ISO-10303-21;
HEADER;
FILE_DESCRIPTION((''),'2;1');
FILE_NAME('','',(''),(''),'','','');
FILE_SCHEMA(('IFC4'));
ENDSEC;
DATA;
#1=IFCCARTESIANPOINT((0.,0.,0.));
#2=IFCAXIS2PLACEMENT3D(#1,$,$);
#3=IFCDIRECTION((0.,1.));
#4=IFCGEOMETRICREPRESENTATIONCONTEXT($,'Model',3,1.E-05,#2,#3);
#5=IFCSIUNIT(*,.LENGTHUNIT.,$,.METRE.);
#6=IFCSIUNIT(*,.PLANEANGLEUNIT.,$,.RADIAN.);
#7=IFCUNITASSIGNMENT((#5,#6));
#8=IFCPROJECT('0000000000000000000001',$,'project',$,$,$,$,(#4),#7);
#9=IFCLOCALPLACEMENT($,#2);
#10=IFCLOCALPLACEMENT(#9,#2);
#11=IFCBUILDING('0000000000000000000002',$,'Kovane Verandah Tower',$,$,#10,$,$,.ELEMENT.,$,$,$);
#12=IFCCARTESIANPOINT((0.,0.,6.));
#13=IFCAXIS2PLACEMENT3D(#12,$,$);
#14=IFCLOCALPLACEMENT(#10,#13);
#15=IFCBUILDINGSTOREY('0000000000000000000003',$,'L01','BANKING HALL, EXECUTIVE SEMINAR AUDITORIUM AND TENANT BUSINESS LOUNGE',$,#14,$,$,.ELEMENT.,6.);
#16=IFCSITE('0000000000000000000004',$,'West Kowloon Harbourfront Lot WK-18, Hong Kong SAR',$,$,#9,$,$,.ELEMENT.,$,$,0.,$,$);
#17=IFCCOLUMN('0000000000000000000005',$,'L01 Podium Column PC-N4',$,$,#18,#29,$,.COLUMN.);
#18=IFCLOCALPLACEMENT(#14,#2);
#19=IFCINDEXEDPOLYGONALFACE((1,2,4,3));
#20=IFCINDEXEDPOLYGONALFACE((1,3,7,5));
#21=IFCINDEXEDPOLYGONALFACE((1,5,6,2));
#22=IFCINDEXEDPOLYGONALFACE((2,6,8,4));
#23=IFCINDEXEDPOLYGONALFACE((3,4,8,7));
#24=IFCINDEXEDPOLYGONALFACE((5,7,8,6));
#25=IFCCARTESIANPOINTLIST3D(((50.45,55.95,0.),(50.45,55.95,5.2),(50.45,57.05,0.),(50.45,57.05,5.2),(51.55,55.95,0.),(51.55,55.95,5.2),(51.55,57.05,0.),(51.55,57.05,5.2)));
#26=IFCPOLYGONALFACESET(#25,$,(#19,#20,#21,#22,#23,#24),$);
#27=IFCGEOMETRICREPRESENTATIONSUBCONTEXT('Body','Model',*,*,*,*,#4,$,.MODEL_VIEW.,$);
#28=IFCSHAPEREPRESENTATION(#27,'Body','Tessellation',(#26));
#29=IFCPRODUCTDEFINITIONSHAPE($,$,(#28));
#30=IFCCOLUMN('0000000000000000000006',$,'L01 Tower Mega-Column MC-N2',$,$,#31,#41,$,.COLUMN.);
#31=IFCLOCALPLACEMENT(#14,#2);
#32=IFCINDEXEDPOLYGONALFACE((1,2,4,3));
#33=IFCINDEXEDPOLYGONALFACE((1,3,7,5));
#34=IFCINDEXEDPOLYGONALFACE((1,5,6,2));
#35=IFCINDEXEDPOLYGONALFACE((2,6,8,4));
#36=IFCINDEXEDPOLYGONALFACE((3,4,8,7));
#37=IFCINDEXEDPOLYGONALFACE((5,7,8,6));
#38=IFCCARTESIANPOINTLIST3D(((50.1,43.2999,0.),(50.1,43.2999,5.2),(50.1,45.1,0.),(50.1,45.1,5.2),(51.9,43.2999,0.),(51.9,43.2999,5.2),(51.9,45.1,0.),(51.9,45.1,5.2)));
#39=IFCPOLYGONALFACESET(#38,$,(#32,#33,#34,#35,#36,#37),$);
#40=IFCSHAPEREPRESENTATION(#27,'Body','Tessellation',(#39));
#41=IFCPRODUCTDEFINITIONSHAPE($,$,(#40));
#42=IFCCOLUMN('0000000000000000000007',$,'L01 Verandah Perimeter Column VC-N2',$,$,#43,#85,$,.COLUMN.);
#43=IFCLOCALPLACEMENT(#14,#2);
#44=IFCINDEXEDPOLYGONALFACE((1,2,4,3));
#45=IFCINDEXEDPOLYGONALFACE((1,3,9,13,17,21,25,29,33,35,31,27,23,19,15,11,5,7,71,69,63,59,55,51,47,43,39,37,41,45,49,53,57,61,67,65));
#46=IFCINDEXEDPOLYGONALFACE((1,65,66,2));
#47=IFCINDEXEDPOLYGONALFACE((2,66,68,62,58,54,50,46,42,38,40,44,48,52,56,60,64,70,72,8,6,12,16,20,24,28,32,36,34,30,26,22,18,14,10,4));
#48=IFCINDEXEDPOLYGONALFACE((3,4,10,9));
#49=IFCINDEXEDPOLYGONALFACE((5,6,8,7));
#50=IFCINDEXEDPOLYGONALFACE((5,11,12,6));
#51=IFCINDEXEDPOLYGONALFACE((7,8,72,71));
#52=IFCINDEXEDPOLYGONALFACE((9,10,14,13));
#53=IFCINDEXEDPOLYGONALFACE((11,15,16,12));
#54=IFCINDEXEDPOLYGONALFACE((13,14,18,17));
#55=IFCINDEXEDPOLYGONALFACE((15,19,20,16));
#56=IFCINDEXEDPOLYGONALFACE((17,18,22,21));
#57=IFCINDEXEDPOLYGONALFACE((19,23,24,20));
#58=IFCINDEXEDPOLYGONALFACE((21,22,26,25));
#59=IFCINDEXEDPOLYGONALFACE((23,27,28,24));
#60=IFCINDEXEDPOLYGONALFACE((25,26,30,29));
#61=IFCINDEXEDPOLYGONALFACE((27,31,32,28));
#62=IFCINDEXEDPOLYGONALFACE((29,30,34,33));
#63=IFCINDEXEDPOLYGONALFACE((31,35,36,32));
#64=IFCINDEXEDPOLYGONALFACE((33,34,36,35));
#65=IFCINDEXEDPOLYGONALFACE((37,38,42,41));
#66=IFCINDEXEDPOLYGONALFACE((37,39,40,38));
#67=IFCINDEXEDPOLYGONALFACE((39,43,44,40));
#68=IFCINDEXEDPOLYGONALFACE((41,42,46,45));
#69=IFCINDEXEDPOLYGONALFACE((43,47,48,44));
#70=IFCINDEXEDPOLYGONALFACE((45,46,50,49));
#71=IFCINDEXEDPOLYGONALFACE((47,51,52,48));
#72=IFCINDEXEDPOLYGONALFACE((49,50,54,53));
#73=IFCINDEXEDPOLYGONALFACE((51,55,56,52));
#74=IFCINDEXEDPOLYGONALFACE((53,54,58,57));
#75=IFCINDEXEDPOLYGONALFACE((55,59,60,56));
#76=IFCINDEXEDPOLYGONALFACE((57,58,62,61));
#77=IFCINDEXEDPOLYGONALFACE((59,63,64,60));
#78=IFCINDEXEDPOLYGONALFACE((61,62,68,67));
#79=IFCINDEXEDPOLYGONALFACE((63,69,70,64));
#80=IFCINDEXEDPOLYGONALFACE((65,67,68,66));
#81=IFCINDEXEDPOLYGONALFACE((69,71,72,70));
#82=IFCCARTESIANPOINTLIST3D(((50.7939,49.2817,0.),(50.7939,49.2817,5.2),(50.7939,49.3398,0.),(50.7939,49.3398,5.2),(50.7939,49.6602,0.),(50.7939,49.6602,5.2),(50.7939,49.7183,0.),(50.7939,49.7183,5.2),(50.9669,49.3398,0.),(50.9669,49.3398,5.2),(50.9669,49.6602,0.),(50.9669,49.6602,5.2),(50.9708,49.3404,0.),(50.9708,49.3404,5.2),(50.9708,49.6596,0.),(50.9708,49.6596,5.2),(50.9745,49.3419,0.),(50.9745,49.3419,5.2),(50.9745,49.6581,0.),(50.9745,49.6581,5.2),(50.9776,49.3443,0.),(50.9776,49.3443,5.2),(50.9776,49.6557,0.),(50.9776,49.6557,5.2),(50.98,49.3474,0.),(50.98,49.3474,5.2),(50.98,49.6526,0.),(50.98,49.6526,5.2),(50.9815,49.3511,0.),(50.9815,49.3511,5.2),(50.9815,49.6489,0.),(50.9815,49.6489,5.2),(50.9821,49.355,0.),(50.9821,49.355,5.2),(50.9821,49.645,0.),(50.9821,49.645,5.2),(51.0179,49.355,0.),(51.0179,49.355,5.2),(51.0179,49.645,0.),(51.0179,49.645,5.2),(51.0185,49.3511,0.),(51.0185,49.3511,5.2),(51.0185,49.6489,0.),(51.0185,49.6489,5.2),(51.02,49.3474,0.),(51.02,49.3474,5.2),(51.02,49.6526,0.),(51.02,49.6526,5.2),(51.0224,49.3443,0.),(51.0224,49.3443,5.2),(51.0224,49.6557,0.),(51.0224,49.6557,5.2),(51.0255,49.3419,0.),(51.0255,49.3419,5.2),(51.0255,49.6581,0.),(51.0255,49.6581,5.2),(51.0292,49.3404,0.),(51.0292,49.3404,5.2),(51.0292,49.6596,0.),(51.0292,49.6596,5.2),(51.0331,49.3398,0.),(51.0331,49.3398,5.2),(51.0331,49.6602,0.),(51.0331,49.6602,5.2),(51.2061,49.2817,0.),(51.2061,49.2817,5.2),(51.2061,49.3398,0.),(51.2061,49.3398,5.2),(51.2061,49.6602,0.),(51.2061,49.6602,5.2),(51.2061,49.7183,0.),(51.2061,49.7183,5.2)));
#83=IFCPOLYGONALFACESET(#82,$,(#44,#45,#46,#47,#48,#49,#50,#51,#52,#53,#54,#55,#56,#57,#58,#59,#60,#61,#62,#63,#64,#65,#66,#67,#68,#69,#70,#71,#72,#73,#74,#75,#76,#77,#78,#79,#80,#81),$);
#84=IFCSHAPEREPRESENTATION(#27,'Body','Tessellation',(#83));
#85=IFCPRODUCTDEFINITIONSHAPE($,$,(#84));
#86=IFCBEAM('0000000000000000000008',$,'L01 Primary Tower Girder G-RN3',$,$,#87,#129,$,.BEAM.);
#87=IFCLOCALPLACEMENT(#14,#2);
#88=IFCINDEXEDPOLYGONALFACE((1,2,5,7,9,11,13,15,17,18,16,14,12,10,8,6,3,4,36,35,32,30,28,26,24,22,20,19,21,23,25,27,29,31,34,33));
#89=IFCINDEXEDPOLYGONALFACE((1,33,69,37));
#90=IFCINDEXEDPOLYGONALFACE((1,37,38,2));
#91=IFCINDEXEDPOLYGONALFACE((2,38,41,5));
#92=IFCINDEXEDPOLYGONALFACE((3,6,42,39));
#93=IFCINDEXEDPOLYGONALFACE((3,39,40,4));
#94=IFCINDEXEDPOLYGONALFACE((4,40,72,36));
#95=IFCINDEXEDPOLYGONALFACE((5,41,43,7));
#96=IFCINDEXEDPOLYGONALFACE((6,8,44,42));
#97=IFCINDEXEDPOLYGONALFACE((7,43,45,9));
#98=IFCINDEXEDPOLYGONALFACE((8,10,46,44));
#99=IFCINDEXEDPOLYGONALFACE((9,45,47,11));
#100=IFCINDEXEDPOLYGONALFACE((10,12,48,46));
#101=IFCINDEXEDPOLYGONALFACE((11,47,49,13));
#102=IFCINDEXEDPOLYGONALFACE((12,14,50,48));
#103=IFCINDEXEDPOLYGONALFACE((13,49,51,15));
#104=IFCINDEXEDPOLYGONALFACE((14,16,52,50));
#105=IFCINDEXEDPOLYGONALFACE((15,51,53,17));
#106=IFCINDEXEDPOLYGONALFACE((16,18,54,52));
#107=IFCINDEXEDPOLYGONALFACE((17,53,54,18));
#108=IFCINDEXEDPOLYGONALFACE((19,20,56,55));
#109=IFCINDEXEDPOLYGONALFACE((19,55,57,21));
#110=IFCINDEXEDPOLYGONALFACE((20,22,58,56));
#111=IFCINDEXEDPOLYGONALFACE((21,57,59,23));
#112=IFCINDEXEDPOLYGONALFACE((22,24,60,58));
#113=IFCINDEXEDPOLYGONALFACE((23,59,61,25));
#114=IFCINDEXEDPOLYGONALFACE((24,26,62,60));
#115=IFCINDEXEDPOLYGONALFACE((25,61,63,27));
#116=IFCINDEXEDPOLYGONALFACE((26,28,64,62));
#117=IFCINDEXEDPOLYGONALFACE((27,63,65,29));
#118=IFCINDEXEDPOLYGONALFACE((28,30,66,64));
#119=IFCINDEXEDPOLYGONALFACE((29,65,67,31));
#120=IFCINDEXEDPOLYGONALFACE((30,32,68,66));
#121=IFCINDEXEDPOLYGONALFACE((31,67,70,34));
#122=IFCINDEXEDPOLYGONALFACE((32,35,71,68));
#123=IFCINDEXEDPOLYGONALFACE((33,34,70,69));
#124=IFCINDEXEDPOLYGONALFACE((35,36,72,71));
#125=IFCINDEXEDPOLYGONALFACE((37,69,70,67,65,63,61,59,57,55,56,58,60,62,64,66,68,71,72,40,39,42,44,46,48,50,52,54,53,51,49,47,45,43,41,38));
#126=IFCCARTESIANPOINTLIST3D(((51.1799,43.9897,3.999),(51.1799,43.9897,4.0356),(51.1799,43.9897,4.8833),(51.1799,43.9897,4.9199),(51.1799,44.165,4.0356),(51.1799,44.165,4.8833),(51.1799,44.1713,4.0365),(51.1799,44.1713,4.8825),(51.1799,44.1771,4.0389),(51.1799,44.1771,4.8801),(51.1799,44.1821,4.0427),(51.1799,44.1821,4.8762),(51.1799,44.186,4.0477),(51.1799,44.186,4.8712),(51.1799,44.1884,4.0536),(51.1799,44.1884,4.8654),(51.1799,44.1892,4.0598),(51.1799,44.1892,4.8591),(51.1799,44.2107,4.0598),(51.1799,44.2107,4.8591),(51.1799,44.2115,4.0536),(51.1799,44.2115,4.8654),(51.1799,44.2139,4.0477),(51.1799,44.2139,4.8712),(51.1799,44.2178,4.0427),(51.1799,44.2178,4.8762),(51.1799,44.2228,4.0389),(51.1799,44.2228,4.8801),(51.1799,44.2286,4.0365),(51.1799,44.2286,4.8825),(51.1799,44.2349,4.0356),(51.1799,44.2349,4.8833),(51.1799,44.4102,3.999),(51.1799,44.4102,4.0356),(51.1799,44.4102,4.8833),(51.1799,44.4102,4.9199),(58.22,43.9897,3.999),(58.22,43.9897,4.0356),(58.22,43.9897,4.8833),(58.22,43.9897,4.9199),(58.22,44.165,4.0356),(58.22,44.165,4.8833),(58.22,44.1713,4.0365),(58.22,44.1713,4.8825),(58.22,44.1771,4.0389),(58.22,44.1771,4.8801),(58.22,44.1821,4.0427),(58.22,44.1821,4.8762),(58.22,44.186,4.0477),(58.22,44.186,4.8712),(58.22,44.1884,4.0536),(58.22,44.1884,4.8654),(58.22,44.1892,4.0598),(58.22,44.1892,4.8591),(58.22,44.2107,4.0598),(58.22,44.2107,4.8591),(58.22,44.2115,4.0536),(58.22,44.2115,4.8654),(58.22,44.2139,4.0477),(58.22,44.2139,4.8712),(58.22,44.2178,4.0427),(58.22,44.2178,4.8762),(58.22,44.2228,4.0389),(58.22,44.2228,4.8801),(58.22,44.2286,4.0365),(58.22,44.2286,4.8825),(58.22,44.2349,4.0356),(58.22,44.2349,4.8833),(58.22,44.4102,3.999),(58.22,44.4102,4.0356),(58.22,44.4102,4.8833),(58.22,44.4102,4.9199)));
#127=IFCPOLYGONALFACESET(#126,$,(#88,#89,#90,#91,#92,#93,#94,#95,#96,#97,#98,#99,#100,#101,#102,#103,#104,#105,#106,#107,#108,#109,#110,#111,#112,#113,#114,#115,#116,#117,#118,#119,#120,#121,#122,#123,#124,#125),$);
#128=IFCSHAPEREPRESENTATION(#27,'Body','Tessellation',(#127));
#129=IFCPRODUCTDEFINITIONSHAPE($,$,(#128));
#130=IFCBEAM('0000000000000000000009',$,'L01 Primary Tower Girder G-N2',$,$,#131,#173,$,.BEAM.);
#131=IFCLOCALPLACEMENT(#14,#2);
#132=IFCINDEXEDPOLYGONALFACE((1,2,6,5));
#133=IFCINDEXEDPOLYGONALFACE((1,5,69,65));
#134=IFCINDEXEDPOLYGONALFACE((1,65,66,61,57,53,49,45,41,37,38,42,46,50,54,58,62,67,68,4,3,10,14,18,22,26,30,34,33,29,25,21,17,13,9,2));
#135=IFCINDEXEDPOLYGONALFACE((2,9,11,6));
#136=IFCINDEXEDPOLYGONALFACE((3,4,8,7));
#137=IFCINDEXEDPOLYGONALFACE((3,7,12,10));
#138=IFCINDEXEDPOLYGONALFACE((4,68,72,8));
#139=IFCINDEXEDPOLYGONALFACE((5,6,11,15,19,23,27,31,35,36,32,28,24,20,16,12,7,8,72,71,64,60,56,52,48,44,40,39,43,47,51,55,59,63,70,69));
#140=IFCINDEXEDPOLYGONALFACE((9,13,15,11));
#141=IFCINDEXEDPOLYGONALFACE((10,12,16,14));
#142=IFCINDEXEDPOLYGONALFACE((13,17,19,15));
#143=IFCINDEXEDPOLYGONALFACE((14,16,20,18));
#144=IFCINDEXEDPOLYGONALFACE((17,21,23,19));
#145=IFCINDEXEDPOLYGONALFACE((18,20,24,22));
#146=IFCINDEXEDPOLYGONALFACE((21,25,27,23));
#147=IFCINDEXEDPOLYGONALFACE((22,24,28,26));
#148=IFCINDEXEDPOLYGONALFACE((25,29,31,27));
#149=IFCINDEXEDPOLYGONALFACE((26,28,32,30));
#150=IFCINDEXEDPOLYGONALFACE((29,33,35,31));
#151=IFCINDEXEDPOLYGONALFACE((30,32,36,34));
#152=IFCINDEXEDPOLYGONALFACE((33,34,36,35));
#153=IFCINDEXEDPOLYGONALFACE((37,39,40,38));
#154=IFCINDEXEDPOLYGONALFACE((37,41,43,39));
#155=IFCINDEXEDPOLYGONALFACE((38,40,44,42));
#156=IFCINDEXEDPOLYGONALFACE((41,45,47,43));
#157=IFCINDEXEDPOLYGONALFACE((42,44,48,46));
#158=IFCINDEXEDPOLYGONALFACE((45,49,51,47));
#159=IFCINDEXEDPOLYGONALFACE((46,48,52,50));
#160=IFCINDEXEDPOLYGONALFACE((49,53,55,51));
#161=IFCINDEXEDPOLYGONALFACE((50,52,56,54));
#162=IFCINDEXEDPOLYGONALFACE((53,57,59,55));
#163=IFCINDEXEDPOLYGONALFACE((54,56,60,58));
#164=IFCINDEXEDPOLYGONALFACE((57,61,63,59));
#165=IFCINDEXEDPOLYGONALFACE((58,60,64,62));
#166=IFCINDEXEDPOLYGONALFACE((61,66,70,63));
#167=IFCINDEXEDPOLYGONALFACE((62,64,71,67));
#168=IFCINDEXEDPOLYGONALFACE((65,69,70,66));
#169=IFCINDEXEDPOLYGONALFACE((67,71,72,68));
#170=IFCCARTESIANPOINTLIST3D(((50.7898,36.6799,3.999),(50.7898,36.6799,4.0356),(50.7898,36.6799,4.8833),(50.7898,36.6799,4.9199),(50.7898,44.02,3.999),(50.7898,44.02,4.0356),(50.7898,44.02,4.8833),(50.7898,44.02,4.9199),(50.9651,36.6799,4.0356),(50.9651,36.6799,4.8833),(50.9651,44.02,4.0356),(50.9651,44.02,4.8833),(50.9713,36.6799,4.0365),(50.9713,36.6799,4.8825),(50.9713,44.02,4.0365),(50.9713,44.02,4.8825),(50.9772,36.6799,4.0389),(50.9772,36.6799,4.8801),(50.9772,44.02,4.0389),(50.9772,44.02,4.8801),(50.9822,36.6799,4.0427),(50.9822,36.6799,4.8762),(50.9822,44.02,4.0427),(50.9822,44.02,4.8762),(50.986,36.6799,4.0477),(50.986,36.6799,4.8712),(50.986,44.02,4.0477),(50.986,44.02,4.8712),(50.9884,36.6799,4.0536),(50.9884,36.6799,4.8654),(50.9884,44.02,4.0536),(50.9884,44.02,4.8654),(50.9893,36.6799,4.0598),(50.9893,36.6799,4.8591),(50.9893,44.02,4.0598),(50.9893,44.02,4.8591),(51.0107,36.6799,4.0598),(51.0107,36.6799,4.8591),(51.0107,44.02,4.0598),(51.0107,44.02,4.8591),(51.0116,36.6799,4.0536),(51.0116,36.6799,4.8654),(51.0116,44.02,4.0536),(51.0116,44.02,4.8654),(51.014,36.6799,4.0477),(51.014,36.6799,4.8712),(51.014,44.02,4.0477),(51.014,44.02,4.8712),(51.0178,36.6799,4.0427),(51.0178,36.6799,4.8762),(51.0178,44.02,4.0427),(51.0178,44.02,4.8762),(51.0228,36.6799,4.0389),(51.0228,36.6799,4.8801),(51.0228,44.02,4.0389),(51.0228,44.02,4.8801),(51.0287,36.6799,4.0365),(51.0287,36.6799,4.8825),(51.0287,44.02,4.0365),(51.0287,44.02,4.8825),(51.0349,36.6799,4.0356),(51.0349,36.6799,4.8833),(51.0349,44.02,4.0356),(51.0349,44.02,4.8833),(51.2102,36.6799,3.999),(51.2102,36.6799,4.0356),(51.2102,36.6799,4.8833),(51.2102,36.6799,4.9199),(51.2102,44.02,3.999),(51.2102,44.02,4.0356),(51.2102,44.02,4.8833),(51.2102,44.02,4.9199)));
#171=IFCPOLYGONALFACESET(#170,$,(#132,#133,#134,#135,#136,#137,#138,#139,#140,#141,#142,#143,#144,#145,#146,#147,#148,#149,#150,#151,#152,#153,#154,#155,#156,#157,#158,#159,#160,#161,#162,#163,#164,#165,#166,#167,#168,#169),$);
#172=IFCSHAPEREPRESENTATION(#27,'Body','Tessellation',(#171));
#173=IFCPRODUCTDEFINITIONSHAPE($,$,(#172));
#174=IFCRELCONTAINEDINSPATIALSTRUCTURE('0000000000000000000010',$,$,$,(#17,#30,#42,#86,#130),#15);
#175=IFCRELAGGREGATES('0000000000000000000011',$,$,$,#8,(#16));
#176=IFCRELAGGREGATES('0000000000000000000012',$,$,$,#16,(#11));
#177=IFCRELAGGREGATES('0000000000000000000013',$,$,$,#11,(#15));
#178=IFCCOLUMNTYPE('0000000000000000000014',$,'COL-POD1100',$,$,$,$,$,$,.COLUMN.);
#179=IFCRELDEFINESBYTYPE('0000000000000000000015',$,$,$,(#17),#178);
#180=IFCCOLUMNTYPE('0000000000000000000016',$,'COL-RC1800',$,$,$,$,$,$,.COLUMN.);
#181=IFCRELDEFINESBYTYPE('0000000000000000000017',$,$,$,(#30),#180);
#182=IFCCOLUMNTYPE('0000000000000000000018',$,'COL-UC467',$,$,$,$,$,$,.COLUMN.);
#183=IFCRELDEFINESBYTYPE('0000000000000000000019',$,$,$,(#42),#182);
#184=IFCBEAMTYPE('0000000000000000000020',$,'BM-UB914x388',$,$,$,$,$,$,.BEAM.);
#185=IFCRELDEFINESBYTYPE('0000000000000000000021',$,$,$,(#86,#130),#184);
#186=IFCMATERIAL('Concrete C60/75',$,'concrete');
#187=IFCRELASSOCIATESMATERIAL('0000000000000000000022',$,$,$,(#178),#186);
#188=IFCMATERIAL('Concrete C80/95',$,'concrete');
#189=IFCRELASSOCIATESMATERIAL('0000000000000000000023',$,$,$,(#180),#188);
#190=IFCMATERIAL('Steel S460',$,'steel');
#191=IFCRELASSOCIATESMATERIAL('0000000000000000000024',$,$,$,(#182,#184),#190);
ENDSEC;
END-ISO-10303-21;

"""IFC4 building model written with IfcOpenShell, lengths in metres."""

from ifc_helpers import new_model, si_unit, direction, frame, origin, origin_2d, place, context, subcontext, project, spatial, rectangle, i_section, extrude, material, material_profile, profile_set, type_object, element, save


model = new_model("IFC4")

# Units and contexts
model_context = context("Model", 3, precision=1e-05, world=origin(), true_north=direction((0.0, 1.0)))
body_context = subcontext(model_context, "Body", "Model", "MODEL_VIEW")
ifc_project = project(units=[si_unit("LENGTHUNIT", "METRE"), si_unit("PLANEANGLEUNIT", "RADIAN")], contexts=[model_context])

# Site, building, storey
site_placement = place(None, origin())
site = spatial("IfcSite", under=ifc_project, at=site_placement, Name="West Kowloon Harbourfront Lot WK-18, Hong Kong SAR", CompositionType="ELEMENT", RefElevation=0.0)
building_placement = place(site_placement, origin())
building = spatial("IfcBuilding", under=site, at=building_placement, Name="Kovane Verandah Tower", CompositionType="ELEMENT")
storey_placement = place(building_placement, frame((0.0, 0.0, 6.0)))
storey = spatial("IfcBuildingStorey", under=building, at=storey_placement, Name="L01", Description="BANKING HALL, EXECUTIVE SEMINAR AUDITORIUM AND TENANT BUSINESS LOUNGE", CompositionType="ELEMENT", Elevation=6.0)

# Columns
ifc_material_1 = material(Name="Concrete C60/75", Category="concrete")
ifc_material_profile_1 = material_profile(ifc_material_1, rectangle(XDim=1.1001, YDim=1.1001, at=origin_2d()), Name="RC1100x1100")
ifc_profile_set_1 = profile_set([ifc_material_profile_1], Name="Concrete C60/75")
column_type_1 = type_object("IfcColumnType", Name="COL-POD1100", PredefinedType="COLUMN", material=ifc_profile_set_1)
column_1_placement = place(storey_placement, frame((51.0, 56.5, 0.0), z_axis=(0.0, 0.0, 1.0), x_axis=(1.0, 0.0, 0.0)))
element("IfcColumn", 1, at=column_1_placement, inside=storey, type_object=column_type_1, Name="L01 Podium Column PC-N4", PredefinedType="COLUMN", context=body_context, shape_type="SweptSolid", body=[
    extrude(rectangle(XDim=1.1001, YDim=1.1001, at=origin_2d()), origin(), (0.0, 0.0, 1.0), 5.2),
])
ifc_material_2 = material(Name="Concrete C80/95", Category="concrete")
ifc_material_profile_2 = material_profile(ifc_material_2, rectangle(XDim=1.8, YDim=1.8, at=origin_2d()), Name="RC1800x1800")
ifc_profile_set_2 = profile_set([ifc_material_profile_2], Name="Concrete C80/95")
column_type_2 = type_object("IfcColumnType", Name="COL-RC1800", PredefinedType="COLUMN", material=ifc_profile_set_2)
column_2_placement = place(storey_placement, frame((51.0, 44.2, 0.0), z_axis=(0.0, 0.0, 1.0), x_axis=(1.0, 0.0, 0.0)))
element("IfcColumn", 2, at=column_2_placement, inside=storey, type_object=column_type_2, Name="L01 Tower Mega-Column MC-N2", PredefinedType="COLUMN", context=body_context, shape_type="SweptSolid", body=[
    extrude(rectangle(XDim=1.8, YDim=1.8, at=origin_2d()), origin(), (0.0, 0.0, 1.0), 5.2),
])
ifc_material_3 = material(Name="Steel S460", Category="steel")
ifc_material_profile_3 = material_profile(ifc_material_3, i_section(OverallWidth=0.4121, OverallDepth=0.4365, WebThickness=0.0359, FlangeThickness=0.0581, FilletRadius=0.0151, at=origin_2d()), Name="UC356x406x467")
ifc_profile_set_3 = profile_set([ifc_material_profile_3], Name="Steel S460")
column_type_3 = type_object("IfcColumnType", Name="COL-UC467", PredefinedType="COLUMN", material=ifc_profile_set_3)
column_3_placement = place(storey_placement, frame((51.0, 49.5, 0.0), z_axis=(0.0, 0.0, 1.0), x_axis=(1.0, 0.0, 0.0)))
element("IfcColumn", 3, at=column_3_placement, inside=storey, type_object=column_type_3, Name="L01 Verandah Perimeter Column VC-N2", PredefinedType="COLUMN", context=body_context, shape_type="SweptSolid", body=[
    extrude(i_section(OverallWidth=0.4121, OverallDepth=0.4365, WebThickness=0.0359, FlangeThickness=0.0581, FilletRadius=0.0151, at=origin_2d()), origin(), (0.0, 0.0, 1.0), 5.2),
])

# Beams
ifc_material_profile_4 = material_profile(ifc_material_3, i_section(OverallWidth=0.4204, OverallDepth=0.9209, WebThickness=0.0215, FlangeThickness=0.0366, FilletRadius=0.0242, at=origin_2d()), Name="UB914x419x388")
ifc_profile_set_4 = profile_set([ifc_material_profile_4], Name="Steel S460")
beam_type_1 = type_object("IfcBeamType", Name="BM-UB914x388", PredefinedType="BEAM", material=ifc_profile_set_4)
beam_1_placement = place(storey_placement, frame((51.1799, 44.2, 4.4595), z_axis=(1.0, 0.0, 0.0), x_axis=(0.0, 1.0, 0.0)))
element("IfcBeam", 4, at=beam_1_placement, inside=storey, type_object=beam_type_1, Name="L01 Primary Tower Girder G-RN3", PredefinedType="BEAM", context=body_context, shape_type="SweptSolid", body=[
    extrude(i_section(OverallWidth=0.4204, OverallDepth=0.9209, WebThickness=0.0215, FlangeThickness=0.0366, FilletRadius=0.0242, at=origin_2d()), origin(), (0.0, 0.0, 1.0), 7.04),
])
beam_2_placement = place(storey_placement, frame((51.0, 36.6799, 4.4595), z_axis=(0.0, 1.0, 0.0), x_axis=(-1.0, 0.0, 0.0)))
element("IfcBeam", 5, at=beam_2_placement, inside=storey, type_object=beam_type_1, Name="L01 Primary Tower Girder G-N2", PredefinedType="BEAM", context=body_context, shape_type="SweptSolid", body=[
    extrude(i_section(OverallWidth=0.4204, OverallDepth=0.9209, WebThickness=0.0215, FlangeThickness=0.0366, FilletRadius=0.0242, at=origin_2d()), origin(), (0.0, 0.0, 1.0), 7.3401),
])

save(model, "model.ifc")
